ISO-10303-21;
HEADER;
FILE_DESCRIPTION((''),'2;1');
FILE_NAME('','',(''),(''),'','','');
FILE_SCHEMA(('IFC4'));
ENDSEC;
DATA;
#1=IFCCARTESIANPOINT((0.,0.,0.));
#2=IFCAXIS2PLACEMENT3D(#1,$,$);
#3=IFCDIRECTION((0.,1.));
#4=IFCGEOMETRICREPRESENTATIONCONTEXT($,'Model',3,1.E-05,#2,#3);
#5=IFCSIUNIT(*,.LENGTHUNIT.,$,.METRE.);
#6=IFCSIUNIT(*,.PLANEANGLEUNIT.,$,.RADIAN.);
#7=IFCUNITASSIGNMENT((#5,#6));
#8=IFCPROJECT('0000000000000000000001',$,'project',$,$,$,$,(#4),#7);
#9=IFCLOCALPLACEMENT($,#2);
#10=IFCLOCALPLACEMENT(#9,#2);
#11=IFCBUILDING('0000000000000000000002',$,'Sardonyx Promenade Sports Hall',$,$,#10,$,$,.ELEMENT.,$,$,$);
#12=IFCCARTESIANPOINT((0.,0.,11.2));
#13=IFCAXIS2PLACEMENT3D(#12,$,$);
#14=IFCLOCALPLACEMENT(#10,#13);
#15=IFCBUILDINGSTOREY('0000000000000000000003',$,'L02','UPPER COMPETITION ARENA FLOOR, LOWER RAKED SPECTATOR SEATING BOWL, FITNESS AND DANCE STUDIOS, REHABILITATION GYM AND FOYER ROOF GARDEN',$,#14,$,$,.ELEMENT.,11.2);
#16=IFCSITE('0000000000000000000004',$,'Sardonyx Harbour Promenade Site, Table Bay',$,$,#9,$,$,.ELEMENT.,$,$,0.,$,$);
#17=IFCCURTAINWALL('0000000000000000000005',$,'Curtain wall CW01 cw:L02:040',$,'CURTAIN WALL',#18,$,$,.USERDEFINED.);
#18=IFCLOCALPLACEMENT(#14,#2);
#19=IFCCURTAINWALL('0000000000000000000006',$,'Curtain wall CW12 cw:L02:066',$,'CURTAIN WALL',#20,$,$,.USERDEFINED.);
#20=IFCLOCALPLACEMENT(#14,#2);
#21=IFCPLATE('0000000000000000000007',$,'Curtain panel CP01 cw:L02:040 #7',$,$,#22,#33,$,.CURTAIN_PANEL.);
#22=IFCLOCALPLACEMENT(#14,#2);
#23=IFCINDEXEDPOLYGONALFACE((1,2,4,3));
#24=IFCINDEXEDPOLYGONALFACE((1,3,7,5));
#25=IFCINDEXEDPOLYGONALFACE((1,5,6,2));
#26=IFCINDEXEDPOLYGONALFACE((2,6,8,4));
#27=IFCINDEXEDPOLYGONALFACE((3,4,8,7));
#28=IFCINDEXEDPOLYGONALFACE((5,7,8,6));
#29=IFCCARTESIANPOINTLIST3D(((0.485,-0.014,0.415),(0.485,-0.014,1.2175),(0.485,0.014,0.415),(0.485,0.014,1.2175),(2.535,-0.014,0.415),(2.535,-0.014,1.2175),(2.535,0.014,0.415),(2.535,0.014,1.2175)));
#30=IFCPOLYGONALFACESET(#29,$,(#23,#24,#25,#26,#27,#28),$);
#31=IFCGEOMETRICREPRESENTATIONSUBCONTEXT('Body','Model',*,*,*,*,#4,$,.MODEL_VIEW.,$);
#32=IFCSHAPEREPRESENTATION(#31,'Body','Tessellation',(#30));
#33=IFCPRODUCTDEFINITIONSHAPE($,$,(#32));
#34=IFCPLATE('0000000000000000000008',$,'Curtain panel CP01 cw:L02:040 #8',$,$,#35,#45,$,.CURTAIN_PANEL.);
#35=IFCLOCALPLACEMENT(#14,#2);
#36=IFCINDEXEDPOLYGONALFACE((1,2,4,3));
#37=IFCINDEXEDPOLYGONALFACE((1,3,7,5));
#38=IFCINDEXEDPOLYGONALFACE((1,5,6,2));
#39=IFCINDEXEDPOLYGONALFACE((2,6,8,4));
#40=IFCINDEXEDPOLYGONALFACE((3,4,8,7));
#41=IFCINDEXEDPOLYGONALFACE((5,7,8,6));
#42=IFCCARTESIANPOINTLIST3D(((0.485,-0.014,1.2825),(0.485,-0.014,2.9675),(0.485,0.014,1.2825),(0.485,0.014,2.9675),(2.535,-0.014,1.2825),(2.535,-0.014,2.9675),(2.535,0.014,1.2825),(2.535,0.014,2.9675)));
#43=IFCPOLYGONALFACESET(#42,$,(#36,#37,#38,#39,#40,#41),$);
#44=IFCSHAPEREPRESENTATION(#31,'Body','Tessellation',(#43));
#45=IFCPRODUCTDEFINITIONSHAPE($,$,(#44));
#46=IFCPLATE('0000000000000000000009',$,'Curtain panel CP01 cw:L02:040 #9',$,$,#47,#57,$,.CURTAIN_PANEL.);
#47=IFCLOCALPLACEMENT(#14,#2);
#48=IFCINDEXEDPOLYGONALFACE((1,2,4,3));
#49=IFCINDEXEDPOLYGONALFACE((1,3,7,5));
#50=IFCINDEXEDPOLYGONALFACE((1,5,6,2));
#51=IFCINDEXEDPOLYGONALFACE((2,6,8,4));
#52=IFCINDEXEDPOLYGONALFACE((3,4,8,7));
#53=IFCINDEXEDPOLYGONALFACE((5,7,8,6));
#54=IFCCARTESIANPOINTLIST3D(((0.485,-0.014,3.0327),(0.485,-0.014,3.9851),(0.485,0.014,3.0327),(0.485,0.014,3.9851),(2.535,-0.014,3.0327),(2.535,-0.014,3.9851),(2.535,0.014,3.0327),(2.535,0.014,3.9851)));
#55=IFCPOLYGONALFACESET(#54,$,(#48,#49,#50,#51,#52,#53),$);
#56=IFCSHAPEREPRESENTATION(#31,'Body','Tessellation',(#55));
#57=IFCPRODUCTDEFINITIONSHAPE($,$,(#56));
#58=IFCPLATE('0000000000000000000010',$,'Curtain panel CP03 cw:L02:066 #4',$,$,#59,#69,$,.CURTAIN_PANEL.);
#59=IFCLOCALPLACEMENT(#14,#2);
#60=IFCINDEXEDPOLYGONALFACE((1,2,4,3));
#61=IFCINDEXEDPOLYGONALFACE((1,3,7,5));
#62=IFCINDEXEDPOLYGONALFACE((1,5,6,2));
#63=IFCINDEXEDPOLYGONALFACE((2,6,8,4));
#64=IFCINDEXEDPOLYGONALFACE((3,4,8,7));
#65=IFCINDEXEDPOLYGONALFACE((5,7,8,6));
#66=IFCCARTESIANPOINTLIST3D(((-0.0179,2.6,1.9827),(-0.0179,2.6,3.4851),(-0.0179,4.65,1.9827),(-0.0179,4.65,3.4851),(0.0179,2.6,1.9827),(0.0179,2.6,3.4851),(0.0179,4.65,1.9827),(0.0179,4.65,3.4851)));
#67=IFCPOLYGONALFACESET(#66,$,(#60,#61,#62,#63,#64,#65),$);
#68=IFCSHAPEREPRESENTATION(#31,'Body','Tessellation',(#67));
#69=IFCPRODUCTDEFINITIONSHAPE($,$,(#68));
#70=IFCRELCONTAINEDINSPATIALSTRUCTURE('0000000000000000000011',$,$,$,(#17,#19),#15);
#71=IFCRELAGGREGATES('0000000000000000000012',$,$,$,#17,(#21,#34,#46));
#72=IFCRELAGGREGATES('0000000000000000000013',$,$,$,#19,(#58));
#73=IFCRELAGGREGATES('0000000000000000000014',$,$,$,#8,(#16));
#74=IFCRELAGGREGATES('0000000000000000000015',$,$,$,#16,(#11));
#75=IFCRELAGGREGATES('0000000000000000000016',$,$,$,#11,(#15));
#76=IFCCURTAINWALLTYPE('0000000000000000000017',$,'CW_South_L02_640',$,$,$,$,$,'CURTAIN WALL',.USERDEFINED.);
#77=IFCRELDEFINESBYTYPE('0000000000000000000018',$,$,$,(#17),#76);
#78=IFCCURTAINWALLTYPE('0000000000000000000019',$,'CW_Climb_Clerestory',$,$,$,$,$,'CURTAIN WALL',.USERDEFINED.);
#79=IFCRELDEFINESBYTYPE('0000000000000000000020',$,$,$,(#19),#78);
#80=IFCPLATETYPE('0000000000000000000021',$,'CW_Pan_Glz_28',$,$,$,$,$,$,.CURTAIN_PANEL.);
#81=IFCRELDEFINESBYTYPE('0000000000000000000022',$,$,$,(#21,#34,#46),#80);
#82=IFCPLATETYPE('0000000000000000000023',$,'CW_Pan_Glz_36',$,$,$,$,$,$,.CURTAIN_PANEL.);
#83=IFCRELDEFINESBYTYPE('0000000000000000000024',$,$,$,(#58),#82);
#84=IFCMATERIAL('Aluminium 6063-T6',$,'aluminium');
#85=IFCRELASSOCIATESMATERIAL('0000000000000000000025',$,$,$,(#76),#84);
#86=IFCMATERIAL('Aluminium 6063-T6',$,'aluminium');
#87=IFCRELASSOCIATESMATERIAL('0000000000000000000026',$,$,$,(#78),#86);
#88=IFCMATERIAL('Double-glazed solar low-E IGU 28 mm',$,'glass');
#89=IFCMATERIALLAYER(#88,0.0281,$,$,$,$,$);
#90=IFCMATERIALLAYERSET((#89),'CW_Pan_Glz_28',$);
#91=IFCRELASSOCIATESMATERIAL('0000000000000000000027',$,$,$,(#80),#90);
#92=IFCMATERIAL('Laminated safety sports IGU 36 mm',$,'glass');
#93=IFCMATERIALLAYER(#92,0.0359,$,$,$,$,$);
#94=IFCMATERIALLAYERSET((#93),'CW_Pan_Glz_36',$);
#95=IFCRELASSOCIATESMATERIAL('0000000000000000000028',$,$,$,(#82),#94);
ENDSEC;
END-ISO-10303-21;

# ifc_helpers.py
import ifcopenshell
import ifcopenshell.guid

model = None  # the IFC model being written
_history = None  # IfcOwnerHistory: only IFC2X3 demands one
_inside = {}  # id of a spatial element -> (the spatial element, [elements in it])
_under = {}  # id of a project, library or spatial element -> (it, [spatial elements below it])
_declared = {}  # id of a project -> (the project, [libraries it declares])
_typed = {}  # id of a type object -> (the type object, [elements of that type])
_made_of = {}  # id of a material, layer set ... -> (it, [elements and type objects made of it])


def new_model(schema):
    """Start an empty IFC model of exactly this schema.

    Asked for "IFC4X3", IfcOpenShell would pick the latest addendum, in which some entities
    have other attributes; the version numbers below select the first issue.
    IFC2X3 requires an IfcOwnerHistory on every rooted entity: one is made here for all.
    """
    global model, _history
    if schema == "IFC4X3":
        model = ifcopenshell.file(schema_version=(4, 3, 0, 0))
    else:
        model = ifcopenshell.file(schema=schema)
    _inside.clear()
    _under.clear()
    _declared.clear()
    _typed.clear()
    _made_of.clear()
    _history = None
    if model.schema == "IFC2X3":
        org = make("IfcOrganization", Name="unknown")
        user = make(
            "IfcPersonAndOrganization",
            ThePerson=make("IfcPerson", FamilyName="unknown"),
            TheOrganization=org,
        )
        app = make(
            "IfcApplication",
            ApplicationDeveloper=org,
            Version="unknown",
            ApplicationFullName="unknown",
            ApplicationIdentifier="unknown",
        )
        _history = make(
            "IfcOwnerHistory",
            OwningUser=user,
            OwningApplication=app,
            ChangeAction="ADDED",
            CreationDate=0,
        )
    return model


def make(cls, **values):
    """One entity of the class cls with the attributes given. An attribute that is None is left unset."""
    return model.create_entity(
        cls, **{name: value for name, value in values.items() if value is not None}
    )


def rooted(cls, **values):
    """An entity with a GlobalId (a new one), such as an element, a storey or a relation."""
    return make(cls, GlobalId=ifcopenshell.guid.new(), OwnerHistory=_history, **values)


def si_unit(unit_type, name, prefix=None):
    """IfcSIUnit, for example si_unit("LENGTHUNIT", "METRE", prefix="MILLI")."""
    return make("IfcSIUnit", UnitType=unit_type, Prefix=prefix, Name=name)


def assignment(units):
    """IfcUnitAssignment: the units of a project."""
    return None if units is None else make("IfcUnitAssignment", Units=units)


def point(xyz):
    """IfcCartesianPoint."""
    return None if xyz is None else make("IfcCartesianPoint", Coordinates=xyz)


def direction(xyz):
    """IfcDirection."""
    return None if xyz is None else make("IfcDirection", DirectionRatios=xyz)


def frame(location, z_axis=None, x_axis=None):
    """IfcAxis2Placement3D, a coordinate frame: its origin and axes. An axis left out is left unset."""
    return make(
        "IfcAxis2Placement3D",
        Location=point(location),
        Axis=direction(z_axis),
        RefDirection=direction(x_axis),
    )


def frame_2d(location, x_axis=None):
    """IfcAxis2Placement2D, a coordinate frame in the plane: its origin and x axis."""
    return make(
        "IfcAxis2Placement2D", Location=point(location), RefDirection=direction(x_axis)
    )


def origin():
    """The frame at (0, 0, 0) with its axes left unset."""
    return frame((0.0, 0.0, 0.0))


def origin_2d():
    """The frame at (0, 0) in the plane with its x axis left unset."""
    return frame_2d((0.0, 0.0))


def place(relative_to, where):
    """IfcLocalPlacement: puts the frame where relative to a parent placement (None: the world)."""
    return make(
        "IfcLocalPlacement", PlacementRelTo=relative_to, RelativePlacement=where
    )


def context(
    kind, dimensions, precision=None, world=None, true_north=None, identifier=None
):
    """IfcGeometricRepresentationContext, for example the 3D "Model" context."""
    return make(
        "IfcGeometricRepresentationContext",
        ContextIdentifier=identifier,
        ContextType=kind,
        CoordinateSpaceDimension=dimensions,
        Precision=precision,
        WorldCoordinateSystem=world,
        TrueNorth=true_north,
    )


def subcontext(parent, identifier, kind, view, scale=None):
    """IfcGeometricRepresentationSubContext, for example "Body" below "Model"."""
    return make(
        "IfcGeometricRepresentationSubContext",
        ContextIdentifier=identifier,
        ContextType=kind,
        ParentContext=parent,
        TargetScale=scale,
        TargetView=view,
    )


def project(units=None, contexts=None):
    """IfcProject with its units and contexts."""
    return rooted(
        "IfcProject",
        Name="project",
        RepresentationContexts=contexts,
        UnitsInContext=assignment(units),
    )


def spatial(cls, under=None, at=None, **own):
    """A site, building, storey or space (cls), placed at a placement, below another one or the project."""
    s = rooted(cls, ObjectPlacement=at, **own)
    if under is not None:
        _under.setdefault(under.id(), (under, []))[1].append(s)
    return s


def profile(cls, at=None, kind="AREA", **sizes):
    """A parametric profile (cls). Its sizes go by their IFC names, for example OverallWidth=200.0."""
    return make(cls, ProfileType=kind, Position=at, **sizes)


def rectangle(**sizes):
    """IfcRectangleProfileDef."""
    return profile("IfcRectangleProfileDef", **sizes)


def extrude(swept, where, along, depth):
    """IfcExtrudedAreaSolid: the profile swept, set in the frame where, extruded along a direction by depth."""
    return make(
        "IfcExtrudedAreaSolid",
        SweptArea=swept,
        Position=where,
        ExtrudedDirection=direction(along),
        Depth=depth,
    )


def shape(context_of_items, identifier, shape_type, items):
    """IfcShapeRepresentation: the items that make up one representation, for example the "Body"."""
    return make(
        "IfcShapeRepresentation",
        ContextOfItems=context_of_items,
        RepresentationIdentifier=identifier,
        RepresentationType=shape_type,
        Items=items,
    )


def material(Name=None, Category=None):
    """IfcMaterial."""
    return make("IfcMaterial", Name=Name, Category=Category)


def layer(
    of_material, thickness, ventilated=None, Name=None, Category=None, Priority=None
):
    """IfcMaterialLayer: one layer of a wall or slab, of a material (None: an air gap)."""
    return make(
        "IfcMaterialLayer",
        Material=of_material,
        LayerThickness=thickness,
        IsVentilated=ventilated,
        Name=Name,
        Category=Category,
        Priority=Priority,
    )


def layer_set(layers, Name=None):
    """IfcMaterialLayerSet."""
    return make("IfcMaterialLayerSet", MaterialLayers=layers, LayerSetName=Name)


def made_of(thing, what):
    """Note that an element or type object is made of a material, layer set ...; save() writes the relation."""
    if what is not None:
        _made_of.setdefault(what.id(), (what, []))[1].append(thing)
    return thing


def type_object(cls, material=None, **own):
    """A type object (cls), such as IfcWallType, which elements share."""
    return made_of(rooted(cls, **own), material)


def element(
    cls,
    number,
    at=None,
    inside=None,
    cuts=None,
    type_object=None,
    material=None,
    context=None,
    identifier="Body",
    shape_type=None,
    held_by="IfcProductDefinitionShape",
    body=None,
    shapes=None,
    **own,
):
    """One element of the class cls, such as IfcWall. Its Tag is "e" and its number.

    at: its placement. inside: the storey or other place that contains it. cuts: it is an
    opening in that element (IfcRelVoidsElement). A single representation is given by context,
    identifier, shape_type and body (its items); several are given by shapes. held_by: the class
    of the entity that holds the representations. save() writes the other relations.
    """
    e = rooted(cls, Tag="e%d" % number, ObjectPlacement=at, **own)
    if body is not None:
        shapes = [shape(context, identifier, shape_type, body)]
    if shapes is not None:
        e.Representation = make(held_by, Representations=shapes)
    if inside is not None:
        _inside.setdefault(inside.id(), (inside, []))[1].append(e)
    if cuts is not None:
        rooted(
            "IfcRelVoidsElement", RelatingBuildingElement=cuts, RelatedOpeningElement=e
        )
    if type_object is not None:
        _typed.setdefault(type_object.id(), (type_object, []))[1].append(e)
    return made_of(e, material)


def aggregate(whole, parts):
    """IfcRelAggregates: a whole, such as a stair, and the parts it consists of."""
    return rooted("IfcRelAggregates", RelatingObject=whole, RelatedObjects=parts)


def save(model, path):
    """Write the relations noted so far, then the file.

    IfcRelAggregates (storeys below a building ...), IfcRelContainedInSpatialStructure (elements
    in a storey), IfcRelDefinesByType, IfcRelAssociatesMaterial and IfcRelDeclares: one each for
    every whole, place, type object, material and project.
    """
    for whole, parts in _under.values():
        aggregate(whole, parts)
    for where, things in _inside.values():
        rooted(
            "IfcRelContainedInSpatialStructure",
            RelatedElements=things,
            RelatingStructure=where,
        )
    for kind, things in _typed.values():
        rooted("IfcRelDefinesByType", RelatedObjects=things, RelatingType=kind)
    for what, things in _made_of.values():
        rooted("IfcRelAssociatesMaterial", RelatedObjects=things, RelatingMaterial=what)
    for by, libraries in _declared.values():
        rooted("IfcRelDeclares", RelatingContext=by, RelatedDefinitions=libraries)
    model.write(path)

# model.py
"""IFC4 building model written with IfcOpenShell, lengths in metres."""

from ifc_helpers import new_model, si_unit, direction, frame, origin, origin_2d, place, context, subcontext, project, spatial, rectangle, extrude, material, layer, layer_set, type_object, element, aggregate, save


model = new_model("IFC4")

# Units and contexts
model_context = context("Model", 3, precision=1e-05, world=origin(), true_north=direction((0.0, 1.0)))
body_context = subcontext(model_context, "Body", "Model", "MODEL_VIEW")
ifc_project = project(units=[si_unit("LENGTHUNIT", "METRE"), si_unit("PLANEANGLEUNIT", "RADIAN")], contexts=[model_context])

# Site, building, storey
site_placement = place(None, origin())
site = spatial("IfcSite", under=ifc_project, at=site_placement, Name="Sardonyx Harbour Promenade Site, Table Bay", CompositionType="ELEMENT", RefElevation=0.0)
building_placement = place(site_placement, origin())
building = spatial("IfcBuilding", under=site, at=building_placement, Name="Sardonyx Promenade Sports Hall", CompositionType="ELEMENT")
storey_placement = place(building_placement, frame((0.0, 0.0, 11.2)))
storey = spatial("IfcBuildingStorey", under=building, at=storey_placement, Name="L02", Description="UPPER COMPETITION ARENA FLOOR, LOWER RAKED SPECTATOR SEATING BOWL, FITNESS AND DANCE STUDIOS, REHABILITATION GYM AND FOYER ROOF GARDEN", CompositionType="ELEMENT", Elevation=11.2)

# Curtain wall
ifc_material_1 = material(Name="Aluminium 6063-T6", Category="aluminium")
curtain_wall_type_1 = type_object("IfcCurtainWallType", Name="CW_South_L02_640", ElementType="CURTAIN WALL", PredefinedType="USERDEFINED", material=ifc_material_1)
curtain_wall_1_placement = place(storey_placement, origin())
curtain_wall_1 = element("IfcCurtainWall", 1, at=curtain_wall_1_placement, inside=storey, type_object=curtain_wall_type_1, Name="Curtain wall CW01 cw:L02:040", ObjectType="CURTAIN WALL", PredefinedType="USERDEFINED")

# Curtain wall
ifc_material_2 = material(Name="Aluminium 6063-T6", Category="aluminium")
curtain_wall_type_2 = type_object("IfcCurtainWallType", Name="CW_Climb_Clerestory", ElementType="CURTAIN WALL", PredefinedType="USERDEFINED", material=ifc_material_2)
curtain_wall_2_placement = place(storey_placement, origin())
curtain_wall_2 = element("IfcCurtainWall", 2, at=curtain_wall_2_placement, inside=storey, type_object=curtain_wall_type_2, Name="Curtain wall CW12 cw:L02:066", ObjectType="CURTAIN WALL", PredefinedType="USERDEFINED")

# Plates
ifc_material_3 = material(Name="Double-glazed solar low-E IGU 28 mm", Category="glass")
ifc_layer_1 = layer(ifc_material_3, 0.0281)
ifc_layer_set_1 = layer_set([ifc_layer_1], Name="CW_Pan_Glz_28")
plate_type_1 = type_object("IfcPlateType", Name="CW_Pan_Glz_28", PredefinedType="CURTAIN_PANEL", material=ifc_layer_set_1)
plate_1_placement = place(storey_placement, frame((1.51, 0.0, 0.415), z_axis=(0.0, 0.0, 1.0), x_axis=(-1.0, 0.0, 0.0)))
plate_1 = element("IfcPlate", 3, at=plate_1_placement, type_object=plate_type_1, Name="Curtain panel CP01 cw:L02:040 #7", PredefinedType="CURTAIN_PANEL", context=body_context, shape_type="SweptSolid", body=[
    extrude(rectangle(XDim=2.05, YDim=0.0281, at=origin_2d()), origin(), (0.0, 0.0, 1.0), 0.8025),
])
plate_2_placement = place(storey_placement, frame((1.51, 0.0, 1.2825), z_axis=(0.0, 0.0, 1.0), x_axis=(-1.0, 0.0, 0.0)))
plate_2 = element("IfcPlate", 4, at=plate_2_placement, type_object=plate_type_1, Name="Curtain panel CP01 cw:L02:040 #8", PredefinedType="CURTAIN_PANEL", context=body_context, shape_type="SweptSolid", body=[
    extrude(rectangle(XDim=2.05, YDim=0.0281, at=origin_2d()), origin(), (0.0, 0.0, 1.0), 1.6851),
])
plate_3_placement = place(storey_placement, frame((1.51, 0.0, 3.0327), z_axis=(0.0, 0.0, 1.0), x_axis=(-1.0, 0.0, 0.0)))
plate_3 = element("IfcPlate", 5, at=plate_3_placement, type_object=plate_type_1, Name="Curtain panel CP01 cw:L02:040 #9", PredefinedType="CURTAIN_PANEL", context=body_context, shape_type="SweptSolid", body=[
    extrude(rectangle(XDim=2.05, YDim=0.0281, at=origin_2d()), origin(), (0.0, 0.0, 1.0), 0.9524),
])
aggregate(curtain_wall_1, [plate_1, plate_2, plate_3])
ifc_material_4 = material(Name="Laminated safety sports IGU 36 mm", Category="glass")
ifc_layer_2 = layer(ifc_material_4, 0.0359)
ifc_layer_set_2 = layer_set([ifc_layer_2], Name="CW_Pan_Glz_36")
plate_type_2 = type_object("IfcPlateType", Name="CW_Pan_Glz_36", PredefinedType="CURTAIN_PANEL", material=ifc_layer_set_2)
plate_4_placement = place(storey_placement, frame((0.0, 3.625, 1.9827), z_axis=(0.0, 0.0, 1.0), x_axis=(0.0, 1.0, 0.0)))
plate_4 = element("IfcPlate", 6, at=plate_4_placement, type_object=plate_type_2, Name="Curtain panel CP03 cw:L02:066 #4", PredefinedType="CURTAIN_PANEL", context=body_context, shape_type="SweptSolid", body=[
    extrude(rectangle(XDim=2.05, YDim=0.0359, at=origin_2d()), origin(), (0.0, 0.0, 1.0), 1.5024),
])
aggregate(curtain_wall_2, [plate_4])

save(model, "model.ifc")
